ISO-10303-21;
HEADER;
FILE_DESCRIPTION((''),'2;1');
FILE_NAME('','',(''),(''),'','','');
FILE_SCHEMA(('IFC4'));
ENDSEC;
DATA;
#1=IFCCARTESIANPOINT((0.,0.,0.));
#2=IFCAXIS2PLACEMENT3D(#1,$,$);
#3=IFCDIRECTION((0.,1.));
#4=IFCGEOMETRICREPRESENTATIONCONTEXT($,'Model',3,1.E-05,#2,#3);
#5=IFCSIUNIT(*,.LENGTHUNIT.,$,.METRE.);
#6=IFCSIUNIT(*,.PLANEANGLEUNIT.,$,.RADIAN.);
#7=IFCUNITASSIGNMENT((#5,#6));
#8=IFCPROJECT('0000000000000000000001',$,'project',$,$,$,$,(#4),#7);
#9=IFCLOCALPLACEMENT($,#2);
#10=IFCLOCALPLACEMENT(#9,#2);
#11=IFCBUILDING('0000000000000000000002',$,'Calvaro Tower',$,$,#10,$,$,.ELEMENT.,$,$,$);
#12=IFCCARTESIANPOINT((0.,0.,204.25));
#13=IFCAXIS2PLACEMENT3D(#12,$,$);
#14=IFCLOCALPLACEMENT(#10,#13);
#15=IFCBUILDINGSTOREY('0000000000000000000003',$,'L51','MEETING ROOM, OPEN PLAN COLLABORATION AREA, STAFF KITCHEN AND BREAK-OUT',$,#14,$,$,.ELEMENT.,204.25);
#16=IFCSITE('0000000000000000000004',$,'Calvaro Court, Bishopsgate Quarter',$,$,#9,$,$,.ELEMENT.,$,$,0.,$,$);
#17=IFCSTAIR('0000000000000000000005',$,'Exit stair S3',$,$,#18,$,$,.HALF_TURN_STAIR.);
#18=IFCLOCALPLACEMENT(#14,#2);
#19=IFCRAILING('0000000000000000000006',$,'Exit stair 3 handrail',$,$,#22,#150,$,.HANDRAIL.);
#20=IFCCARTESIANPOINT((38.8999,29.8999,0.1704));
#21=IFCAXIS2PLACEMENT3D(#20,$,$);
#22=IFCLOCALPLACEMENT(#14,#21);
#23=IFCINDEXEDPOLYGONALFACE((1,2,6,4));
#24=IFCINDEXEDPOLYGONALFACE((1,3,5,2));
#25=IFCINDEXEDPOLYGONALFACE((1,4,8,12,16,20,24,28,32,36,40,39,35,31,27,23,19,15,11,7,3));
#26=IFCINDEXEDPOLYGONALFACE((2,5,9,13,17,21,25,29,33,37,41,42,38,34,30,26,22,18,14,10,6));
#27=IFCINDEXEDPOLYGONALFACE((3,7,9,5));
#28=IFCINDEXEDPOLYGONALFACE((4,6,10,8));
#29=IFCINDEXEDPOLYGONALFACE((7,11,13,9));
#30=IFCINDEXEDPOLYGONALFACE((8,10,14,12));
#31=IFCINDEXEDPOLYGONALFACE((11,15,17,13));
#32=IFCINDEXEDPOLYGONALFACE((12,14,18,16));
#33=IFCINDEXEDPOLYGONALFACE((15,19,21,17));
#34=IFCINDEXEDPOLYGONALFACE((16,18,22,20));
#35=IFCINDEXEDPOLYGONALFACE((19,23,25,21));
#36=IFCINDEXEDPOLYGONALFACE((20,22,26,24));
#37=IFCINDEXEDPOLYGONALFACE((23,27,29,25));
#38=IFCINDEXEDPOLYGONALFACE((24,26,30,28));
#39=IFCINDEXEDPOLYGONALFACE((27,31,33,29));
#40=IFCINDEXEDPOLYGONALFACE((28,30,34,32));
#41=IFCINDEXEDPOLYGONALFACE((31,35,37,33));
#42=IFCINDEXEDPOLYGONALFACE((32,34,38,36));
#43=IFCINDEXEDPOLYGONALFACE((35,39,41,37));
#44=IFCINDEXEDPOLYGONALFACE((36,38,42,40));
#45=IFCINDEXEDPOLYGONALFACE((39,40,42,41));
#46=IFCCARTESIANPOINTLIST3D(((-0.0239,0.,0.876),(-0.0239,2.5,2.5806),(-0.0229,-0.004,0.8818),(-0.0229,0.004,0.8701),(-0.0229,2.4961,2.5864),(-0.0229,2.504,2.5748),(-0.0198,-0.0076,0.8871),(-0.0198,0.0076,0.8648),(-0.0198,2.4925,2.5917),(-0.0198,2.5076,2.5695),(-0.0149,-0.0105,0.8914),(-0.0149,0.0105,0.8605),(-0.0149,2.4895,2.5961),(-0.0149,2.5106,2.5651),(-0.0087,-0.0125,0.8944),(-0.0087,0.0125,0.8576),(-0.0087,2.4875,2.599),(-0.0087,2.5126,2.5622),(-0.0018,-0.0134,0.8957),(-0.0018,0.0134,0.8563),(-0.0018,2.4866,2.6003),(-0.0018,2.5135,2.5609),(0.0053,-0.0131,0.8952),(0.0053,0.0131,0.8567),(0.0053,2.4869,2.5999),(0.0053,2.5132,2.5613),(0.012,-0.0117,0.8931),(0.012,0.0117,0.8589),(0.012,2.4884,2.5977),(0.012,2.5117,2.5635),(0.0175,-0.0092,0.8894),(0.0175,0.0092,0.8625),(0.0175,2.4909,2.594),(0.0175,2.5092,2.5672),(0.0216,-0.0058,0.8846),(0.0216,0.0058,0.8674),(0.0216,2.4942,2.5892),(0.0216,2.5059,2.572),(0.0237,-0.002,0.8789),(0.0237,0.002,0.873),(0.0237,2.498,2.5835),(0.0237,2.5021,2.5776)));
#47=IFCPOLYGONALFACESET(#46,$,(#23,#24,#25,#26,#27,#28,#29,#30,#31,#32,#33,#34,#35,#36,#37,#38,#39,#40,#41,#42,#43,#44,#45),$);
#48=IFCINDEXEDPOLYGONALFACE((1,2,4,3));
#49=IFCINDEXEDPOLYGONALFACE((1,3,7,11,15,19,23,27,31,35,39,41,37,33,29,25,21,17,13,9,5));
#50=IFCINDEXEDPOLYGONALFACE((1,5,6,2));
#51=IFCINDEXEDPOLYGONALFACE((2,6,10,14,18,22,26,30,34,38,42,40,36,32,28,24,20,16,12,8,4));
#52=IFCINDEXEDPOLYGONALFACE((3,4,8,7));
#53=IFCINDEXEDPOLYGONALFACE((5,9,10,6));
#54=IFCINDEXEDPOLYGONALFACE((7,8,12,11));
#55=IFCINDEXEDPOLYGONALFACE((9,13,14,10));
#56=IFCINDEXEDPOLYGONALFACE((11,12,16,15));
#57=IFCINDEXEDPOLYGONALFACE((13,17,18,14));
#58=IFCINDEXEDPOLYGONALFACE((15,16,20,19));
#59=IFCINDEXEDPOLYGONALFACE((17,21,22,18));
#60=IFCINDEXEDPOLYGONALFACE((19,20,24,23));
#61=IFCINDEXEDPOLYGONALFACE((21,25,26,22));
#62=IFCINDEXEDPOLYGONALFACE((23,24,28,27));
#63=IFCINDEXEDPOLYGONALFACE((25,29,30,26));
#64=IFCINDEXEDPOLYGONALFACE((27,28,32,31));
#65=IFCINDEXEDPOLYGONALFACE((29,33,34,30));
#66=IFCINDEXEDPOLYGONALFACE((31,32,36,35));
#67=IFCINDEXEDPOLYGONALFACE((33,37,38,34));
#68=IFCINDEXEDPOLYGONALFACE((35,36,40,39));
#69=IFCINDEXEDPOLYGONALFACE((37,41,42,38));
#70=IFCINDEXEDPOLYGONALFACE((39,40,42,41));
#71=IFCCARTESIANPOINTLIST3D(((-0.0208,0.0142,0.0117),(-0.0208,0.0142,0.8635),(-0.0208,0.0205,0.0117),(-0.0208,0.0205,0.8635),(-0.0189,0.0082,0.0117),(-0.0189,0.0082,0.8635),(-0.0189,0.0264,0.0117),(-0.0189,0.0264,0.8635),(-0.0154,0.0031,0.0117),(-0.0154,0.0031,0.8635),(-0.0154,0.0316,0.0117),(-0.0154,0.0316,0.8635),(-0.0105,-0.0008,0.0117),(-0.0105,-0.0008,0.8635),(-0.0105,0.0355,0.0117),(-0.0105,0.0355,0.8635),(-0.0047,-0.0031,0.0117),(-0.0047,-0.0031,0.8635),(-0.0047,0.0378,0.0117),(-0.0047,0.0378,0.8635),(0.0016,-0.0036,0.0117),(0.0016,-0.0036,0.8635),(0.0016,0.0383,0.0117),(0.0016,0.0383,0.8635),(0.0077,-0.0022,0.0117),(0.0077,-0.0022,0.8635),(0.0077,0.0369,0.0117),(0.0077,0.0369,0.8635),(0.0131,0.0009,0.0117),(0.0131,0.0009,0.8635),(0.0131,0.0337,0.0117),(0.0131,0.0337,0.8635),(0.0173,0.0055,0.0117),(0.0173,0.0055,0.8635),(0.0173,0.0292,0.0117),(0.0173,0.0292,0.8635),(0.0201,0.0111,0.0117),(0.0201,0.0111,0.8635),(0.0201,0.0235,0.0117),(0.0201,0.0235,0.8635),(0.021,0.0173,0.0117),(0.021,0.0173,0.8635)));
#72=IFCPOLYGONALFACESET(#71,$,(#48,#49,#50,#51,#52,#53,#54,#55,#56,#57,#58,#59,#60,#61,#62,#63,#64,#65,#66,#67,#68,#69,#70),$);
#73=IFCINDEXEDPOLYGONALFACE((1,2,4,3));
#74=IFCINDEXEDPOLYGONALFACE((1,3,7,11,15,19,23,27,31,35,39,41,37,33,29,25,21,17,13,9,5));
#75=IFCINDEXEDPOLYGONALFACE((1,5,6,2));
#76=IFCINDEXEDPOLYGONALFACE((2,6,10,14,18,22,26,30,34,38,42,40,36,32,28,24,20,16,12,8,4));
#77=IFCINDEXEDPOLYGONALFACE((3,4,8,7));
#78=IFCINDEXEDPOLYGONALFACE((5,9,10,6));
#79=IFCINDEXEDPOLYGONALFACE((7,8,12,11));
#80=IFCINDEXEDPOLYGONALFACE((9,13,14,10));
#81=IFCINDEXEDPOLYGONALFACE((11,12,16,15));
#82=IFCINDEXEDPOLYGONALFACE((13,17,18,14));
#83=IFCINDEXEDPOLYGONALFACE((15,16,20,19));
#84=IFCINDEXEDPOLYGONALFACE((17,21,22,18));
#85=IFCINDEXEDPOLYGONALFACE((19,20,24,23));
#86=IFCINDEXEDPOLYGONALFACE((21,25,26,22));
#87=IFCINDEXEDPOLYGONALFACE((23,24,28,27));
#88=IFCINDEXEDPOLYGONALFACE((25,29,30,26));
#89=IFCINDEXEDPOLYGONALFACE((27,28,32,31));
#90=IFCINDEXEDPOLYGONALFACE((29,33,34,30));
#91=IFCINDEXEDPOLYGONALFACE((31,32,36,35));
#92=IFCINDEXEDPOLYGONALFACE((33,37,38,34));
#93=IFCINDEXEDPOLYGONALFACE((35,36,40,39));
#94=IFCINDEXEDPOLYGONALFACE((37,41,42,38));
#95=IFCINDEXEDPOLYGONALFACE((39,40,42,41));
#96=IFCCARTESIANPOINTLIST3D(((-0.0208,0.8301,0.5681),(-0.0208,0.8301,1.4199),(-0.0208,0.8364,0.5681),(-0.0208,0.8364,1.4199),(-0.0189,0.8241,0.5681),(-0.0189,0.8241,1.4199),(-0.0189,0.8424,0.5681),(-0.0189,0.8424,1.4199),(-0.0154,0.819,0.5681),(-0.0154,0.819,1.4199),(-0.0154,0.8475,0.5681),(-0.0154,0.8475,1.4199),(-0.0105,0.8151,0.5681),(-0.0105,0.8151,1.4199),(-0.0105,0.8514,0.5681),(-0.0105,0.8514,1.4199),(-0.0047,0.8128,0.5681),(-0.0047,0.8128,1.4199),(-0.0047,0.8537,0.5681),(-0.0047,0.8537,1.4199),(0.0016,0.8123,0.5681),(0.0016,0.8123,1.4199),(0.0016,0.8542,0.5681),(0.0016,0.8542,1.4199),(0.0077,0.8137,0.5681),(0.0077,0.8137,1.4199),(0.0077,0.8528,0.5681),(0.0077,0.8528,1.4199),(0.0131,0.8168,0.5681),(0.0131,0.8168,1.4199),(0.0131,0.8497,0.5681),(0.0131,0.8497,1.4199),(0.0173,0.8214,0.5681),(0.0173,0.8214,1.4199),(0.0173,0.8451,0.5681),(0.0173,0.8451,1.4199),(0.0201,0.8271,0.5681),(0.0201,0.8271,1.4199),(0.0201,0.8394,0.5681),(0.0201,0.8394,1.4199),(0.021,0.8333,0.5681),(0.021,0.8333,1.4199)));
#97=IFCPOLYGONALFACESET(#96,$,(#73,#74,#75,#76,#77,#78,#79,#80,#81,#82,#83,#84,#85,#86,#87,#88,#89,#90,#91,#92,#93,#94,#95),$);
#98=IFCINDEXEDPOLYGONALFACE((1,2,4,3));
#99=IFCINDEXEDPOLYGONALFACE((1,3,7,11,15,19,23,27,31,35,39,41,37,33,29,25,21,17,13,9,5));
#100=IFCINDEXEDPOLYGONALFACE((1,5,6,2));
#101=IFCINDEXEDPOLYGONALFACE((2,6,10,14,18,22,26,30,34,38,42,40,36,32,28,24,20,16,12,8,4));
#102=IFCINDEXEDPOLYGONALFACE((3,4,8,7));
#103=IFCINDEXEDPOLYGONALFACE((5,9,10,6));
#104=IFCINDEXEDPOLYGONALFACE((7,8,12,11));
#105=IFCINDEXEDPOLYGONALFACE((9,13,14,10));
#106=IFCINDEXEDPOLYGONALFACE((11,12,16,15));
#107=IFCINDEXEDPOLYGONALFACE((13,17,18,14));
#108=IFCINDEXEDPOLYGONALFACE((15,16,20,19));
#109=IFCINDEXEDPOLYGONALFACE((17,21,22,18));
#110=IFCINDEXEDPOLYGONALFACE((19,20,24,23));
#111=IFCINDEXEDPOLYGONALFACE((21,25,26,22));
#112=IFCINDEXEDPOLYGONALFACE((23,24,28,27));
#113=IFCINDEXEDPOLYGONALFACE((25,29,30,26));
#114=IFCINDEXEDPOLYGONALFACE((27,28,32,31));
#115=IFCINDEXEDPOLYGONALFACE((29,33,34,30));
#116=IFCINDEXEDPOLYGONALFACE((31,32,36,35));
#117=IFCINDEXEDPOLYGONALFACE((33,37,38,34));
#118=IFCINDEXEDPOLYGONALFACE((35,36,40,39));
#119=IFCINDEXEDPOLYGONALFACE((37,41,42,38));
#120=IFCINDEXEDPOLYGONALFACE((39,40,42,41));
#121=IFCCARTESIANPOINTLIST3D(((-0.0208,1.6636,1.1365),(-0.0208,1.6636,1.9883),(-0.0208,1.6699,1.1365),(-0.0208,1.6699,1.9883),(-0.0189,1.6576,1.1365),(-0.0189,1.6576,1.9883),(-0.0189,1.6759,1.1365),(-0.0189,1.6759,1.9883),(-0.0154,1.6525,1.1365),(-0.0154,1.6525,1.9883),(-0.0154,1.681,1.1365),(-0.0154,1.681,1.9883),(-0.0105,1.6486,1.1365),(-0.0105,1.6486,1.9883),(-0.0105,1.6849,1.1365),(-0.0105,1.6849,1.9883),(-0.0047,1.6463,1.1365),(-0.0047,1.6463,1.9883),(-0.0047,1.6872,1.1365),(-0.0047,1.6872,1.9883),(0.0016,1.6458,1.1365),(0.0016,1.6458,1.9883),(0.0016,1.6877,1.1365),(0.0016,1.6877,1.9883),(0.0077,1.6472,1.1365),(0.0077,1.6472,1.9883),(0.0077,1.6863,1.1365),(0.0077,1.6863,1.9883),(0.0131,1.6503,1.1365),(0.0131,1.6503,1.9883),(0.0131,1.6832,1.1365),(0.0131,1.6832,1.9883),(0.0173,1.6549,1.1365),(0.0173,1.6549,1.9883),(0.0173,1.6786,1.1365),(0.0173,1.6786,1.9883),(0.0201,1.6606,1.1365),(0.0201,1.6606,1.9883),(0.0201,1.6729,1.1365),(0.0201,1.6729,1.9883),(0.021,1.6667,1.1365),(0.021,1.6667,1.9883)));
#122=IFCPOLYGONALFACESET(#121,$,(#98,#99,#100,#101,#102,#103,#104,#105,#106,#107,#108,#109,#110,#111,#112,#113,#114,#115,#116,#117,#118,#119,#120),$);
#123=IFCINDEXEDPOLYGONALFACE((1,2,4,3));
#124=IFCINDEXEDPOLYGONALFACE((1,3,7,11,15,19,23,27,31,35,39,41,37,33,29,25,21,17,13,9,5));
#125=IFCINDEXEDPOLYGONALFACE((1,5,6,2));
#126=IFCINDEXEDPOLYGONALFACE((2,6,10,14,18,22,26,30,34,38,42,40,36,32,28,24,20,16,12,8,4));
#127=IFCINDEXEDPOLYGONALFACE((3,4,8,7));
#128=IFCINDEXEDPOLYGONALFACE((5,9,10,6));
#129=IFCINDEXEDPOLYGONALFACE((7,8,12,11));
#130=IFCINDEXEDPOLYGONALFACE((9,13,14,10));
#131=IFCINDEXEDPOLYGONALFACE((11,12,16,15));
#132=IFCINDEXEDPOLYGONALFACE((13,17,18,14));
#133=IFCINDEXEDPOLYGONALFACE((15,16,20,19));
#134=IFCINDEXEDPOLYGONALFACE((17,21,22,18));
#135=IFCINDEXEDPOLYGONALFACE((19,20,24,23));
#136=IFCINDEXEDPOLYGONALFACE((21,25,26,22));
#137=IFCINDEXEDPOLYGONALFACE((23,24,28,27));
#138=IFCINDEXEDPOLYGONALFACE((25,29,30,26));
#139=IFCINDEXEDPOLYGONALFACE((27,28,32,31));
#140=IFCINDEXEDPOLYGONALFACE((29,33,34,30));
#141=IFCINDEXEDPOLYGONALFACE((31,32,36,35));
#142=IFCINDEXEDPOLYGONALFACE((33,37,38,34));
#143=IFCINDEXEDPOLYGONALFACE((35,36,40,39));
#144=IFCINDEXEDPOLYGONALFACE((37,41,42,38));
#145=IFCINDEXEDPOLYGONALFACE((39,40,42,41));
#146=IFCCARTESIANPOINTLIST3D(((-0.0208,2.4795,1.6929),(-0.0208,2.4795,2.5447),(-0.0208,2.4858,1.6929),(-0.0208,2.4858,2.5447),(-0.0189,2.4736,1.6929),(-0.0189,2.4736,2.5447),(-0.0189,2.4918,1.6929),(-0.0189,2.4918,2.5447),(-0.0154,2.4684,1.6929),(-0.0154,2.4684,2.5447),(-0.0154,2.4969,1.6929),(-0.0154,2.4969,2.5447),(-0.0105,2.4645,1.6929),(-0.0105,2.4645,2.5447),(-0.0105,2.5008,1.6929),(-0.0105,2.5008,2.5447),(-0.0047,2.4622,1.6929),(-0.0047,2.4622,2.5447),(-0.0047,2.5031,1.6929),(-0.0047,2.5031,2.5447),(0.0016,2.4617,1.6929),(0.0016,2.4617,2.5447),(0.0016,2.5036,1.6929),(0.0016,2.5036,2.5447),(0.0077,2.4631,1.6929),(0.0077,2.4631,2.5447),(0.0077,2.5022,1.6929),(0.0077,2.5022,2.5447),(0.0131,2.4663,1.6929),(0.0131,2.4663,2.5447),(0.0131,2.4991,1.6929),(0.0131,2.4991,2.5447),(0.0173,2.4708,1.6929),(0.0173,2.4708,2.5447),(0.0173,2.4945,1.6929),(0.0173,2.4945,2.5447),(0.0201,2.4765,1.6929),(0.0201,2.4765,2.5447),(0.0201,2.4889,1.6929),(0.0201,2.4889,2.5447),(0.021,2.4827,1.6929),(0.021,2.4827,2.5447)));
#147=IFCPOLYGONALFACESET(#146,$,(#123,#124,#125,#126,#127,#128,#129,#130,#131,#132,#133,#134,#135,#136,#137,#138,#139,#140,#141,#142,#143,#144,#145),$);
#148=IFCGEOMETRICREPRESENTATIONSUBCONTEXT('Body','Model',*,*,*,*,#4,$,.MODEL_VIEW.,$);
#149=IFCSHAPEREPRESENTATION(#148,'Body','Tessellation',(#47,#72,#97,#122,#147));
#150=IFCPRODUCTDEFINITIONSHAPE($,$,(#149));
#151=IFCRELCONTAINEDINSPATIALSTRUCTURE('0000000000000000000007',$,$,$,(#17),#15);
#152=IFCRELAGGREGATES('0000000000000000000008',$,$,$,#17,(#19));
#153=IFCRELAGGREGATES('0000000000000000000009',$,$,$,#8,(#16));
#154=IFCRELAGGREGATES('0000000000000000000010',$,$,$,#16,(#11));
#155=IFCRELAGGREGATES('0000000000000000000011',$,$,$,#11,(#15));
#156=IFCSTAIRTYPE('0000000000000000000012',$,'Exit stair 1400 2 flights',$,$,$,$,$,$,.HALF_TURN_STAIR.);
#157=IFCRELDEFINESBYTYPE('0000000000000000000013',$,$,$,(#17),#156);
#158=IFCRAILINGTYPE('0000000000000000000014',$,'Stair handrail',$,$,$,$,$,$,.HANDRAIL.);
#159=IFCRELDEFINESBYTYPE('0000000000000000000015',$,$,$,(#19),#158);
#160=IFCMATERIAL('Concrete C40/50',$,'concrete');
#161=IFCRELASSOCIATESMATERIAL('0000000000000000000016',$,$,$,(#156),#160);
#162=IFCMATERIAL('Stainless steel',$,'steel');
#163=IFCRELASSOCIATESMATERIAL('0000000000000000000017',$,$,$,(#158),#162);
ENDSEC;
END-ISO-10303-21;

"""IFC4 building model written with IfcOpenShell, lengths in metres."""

from ifc_helpers import new_model, si_unit, direction, frame, origin, origin_2d, place, context, subcontext, project, spatial, circle, extrude, material, type_object, element, aggregate, save


model = new_model("IFC4")

# Units and contexts
model_context = context("Model", 3, precision=1e-05, world=origin(), true_north=direction((0.0, 1.0)))
body_context = subcontext(model_context, "Body", "Model", "MODEL_VIEW")
ifc_project = project(units=[si_unit("LENGTHUNIT", "METRE"), si_unit("PLANEANGLEUNIT", "RADIAN")], contexts=[model_context])

# Site, building, storey
site_placement = place(None, origin())
site = spatial("IfcSite", under=ifc_project, at=site_placement, Name="Calvaro Court, Bishopsgate Quarter", CompositionType="ELEMENT", RefElevation=0.0)
building_placement = place(site_placement, origin())
building = spatial("IfcBuilding", under=site, at=building_placement, Name="Calvaro Tower", CompositionType="ELEMENT")
storey_placement = place(building_placement, frame((0.0, 0.0, 204.25)))
storey = spatial("IfcBuildingStorey", under=building, at=storey_placement, Name="L51", Description="MEETING ROOM, OPEN PLAN COLLABORATION AREA, STAFF KITCHEN AND BREAK-OUT", CompositionType="ELEMENT", Elevation=204.25)

# Stair
ifc_material_1 = material(Name="Concrete C40/50", Category="concrete")
stair_type = type_object("IfcStairType", Name="Exit stair 1400 2 flights", PredefinedType="HALF_TURN_STAIR", material=ifc_material_1)
stair_1_placement = place(storey_placement, origin())
stair_1 = element("IfcStair", 1, at=stair_1_placement, inside=storey, type_object=stair_type, Name="Exit stair S3", PredefinedType="HALF_TURN_STAIR")

# Railing
ifc_material_2 = material(Name="Stainless steel", Category="steel")
railing_type = type_object("IfcRailingType", Name="Stair handrail", PredefinedType="HANDRAIL", material=ifc_material_2)
railing_1_placement = place(storey_placement, frame((38.8999, 29.8999, 0.1704)))
railing_1 = element("IfcRailing", 2, at=railing_1_placement, type_object=railing_type, Name="Exit stair 3 handrail", PredefinedType="HANDRAIL", context=body_context, shape_type="SweptSolid", body=[
    extrude(circle(Radius=0.0239, at=origin_2d()), frame((0.0, 0.0, 0.876), z_axis=(0.0, 0.826221, 0.563347), x_axis=(-1.0, 0.0, 0.0)), (0.0, 0.0, 1.0), 3.0259),
    extrude(circle(Radius=0.021, at=origin_2d()), frame((0.0, 0.0173, 0.0117)), (0.0, 0.0, 1.0), 0.8518),
    extrude(circle(Radius=0.021, at=origin_2d()), frame((0.0, 0.8333, 0.5681)), (0.0, 0.0, 1.0), 0.8518),
    extrude(circle(Radius=0.021, at=origin_2d()), frame((0.0, 1.6667, 1.1365)), (0.0, 0.0, 1.0), 0.8518),
    extrude(circle(Radius=0.021, at=origin_2d()), frame((0.0, 2.4827, 1.6929)), (0.0, 0.0, 1.0), 0.8518),
])
aggregate(stair_1, [railing_1])

save(model, "model.ifc")
